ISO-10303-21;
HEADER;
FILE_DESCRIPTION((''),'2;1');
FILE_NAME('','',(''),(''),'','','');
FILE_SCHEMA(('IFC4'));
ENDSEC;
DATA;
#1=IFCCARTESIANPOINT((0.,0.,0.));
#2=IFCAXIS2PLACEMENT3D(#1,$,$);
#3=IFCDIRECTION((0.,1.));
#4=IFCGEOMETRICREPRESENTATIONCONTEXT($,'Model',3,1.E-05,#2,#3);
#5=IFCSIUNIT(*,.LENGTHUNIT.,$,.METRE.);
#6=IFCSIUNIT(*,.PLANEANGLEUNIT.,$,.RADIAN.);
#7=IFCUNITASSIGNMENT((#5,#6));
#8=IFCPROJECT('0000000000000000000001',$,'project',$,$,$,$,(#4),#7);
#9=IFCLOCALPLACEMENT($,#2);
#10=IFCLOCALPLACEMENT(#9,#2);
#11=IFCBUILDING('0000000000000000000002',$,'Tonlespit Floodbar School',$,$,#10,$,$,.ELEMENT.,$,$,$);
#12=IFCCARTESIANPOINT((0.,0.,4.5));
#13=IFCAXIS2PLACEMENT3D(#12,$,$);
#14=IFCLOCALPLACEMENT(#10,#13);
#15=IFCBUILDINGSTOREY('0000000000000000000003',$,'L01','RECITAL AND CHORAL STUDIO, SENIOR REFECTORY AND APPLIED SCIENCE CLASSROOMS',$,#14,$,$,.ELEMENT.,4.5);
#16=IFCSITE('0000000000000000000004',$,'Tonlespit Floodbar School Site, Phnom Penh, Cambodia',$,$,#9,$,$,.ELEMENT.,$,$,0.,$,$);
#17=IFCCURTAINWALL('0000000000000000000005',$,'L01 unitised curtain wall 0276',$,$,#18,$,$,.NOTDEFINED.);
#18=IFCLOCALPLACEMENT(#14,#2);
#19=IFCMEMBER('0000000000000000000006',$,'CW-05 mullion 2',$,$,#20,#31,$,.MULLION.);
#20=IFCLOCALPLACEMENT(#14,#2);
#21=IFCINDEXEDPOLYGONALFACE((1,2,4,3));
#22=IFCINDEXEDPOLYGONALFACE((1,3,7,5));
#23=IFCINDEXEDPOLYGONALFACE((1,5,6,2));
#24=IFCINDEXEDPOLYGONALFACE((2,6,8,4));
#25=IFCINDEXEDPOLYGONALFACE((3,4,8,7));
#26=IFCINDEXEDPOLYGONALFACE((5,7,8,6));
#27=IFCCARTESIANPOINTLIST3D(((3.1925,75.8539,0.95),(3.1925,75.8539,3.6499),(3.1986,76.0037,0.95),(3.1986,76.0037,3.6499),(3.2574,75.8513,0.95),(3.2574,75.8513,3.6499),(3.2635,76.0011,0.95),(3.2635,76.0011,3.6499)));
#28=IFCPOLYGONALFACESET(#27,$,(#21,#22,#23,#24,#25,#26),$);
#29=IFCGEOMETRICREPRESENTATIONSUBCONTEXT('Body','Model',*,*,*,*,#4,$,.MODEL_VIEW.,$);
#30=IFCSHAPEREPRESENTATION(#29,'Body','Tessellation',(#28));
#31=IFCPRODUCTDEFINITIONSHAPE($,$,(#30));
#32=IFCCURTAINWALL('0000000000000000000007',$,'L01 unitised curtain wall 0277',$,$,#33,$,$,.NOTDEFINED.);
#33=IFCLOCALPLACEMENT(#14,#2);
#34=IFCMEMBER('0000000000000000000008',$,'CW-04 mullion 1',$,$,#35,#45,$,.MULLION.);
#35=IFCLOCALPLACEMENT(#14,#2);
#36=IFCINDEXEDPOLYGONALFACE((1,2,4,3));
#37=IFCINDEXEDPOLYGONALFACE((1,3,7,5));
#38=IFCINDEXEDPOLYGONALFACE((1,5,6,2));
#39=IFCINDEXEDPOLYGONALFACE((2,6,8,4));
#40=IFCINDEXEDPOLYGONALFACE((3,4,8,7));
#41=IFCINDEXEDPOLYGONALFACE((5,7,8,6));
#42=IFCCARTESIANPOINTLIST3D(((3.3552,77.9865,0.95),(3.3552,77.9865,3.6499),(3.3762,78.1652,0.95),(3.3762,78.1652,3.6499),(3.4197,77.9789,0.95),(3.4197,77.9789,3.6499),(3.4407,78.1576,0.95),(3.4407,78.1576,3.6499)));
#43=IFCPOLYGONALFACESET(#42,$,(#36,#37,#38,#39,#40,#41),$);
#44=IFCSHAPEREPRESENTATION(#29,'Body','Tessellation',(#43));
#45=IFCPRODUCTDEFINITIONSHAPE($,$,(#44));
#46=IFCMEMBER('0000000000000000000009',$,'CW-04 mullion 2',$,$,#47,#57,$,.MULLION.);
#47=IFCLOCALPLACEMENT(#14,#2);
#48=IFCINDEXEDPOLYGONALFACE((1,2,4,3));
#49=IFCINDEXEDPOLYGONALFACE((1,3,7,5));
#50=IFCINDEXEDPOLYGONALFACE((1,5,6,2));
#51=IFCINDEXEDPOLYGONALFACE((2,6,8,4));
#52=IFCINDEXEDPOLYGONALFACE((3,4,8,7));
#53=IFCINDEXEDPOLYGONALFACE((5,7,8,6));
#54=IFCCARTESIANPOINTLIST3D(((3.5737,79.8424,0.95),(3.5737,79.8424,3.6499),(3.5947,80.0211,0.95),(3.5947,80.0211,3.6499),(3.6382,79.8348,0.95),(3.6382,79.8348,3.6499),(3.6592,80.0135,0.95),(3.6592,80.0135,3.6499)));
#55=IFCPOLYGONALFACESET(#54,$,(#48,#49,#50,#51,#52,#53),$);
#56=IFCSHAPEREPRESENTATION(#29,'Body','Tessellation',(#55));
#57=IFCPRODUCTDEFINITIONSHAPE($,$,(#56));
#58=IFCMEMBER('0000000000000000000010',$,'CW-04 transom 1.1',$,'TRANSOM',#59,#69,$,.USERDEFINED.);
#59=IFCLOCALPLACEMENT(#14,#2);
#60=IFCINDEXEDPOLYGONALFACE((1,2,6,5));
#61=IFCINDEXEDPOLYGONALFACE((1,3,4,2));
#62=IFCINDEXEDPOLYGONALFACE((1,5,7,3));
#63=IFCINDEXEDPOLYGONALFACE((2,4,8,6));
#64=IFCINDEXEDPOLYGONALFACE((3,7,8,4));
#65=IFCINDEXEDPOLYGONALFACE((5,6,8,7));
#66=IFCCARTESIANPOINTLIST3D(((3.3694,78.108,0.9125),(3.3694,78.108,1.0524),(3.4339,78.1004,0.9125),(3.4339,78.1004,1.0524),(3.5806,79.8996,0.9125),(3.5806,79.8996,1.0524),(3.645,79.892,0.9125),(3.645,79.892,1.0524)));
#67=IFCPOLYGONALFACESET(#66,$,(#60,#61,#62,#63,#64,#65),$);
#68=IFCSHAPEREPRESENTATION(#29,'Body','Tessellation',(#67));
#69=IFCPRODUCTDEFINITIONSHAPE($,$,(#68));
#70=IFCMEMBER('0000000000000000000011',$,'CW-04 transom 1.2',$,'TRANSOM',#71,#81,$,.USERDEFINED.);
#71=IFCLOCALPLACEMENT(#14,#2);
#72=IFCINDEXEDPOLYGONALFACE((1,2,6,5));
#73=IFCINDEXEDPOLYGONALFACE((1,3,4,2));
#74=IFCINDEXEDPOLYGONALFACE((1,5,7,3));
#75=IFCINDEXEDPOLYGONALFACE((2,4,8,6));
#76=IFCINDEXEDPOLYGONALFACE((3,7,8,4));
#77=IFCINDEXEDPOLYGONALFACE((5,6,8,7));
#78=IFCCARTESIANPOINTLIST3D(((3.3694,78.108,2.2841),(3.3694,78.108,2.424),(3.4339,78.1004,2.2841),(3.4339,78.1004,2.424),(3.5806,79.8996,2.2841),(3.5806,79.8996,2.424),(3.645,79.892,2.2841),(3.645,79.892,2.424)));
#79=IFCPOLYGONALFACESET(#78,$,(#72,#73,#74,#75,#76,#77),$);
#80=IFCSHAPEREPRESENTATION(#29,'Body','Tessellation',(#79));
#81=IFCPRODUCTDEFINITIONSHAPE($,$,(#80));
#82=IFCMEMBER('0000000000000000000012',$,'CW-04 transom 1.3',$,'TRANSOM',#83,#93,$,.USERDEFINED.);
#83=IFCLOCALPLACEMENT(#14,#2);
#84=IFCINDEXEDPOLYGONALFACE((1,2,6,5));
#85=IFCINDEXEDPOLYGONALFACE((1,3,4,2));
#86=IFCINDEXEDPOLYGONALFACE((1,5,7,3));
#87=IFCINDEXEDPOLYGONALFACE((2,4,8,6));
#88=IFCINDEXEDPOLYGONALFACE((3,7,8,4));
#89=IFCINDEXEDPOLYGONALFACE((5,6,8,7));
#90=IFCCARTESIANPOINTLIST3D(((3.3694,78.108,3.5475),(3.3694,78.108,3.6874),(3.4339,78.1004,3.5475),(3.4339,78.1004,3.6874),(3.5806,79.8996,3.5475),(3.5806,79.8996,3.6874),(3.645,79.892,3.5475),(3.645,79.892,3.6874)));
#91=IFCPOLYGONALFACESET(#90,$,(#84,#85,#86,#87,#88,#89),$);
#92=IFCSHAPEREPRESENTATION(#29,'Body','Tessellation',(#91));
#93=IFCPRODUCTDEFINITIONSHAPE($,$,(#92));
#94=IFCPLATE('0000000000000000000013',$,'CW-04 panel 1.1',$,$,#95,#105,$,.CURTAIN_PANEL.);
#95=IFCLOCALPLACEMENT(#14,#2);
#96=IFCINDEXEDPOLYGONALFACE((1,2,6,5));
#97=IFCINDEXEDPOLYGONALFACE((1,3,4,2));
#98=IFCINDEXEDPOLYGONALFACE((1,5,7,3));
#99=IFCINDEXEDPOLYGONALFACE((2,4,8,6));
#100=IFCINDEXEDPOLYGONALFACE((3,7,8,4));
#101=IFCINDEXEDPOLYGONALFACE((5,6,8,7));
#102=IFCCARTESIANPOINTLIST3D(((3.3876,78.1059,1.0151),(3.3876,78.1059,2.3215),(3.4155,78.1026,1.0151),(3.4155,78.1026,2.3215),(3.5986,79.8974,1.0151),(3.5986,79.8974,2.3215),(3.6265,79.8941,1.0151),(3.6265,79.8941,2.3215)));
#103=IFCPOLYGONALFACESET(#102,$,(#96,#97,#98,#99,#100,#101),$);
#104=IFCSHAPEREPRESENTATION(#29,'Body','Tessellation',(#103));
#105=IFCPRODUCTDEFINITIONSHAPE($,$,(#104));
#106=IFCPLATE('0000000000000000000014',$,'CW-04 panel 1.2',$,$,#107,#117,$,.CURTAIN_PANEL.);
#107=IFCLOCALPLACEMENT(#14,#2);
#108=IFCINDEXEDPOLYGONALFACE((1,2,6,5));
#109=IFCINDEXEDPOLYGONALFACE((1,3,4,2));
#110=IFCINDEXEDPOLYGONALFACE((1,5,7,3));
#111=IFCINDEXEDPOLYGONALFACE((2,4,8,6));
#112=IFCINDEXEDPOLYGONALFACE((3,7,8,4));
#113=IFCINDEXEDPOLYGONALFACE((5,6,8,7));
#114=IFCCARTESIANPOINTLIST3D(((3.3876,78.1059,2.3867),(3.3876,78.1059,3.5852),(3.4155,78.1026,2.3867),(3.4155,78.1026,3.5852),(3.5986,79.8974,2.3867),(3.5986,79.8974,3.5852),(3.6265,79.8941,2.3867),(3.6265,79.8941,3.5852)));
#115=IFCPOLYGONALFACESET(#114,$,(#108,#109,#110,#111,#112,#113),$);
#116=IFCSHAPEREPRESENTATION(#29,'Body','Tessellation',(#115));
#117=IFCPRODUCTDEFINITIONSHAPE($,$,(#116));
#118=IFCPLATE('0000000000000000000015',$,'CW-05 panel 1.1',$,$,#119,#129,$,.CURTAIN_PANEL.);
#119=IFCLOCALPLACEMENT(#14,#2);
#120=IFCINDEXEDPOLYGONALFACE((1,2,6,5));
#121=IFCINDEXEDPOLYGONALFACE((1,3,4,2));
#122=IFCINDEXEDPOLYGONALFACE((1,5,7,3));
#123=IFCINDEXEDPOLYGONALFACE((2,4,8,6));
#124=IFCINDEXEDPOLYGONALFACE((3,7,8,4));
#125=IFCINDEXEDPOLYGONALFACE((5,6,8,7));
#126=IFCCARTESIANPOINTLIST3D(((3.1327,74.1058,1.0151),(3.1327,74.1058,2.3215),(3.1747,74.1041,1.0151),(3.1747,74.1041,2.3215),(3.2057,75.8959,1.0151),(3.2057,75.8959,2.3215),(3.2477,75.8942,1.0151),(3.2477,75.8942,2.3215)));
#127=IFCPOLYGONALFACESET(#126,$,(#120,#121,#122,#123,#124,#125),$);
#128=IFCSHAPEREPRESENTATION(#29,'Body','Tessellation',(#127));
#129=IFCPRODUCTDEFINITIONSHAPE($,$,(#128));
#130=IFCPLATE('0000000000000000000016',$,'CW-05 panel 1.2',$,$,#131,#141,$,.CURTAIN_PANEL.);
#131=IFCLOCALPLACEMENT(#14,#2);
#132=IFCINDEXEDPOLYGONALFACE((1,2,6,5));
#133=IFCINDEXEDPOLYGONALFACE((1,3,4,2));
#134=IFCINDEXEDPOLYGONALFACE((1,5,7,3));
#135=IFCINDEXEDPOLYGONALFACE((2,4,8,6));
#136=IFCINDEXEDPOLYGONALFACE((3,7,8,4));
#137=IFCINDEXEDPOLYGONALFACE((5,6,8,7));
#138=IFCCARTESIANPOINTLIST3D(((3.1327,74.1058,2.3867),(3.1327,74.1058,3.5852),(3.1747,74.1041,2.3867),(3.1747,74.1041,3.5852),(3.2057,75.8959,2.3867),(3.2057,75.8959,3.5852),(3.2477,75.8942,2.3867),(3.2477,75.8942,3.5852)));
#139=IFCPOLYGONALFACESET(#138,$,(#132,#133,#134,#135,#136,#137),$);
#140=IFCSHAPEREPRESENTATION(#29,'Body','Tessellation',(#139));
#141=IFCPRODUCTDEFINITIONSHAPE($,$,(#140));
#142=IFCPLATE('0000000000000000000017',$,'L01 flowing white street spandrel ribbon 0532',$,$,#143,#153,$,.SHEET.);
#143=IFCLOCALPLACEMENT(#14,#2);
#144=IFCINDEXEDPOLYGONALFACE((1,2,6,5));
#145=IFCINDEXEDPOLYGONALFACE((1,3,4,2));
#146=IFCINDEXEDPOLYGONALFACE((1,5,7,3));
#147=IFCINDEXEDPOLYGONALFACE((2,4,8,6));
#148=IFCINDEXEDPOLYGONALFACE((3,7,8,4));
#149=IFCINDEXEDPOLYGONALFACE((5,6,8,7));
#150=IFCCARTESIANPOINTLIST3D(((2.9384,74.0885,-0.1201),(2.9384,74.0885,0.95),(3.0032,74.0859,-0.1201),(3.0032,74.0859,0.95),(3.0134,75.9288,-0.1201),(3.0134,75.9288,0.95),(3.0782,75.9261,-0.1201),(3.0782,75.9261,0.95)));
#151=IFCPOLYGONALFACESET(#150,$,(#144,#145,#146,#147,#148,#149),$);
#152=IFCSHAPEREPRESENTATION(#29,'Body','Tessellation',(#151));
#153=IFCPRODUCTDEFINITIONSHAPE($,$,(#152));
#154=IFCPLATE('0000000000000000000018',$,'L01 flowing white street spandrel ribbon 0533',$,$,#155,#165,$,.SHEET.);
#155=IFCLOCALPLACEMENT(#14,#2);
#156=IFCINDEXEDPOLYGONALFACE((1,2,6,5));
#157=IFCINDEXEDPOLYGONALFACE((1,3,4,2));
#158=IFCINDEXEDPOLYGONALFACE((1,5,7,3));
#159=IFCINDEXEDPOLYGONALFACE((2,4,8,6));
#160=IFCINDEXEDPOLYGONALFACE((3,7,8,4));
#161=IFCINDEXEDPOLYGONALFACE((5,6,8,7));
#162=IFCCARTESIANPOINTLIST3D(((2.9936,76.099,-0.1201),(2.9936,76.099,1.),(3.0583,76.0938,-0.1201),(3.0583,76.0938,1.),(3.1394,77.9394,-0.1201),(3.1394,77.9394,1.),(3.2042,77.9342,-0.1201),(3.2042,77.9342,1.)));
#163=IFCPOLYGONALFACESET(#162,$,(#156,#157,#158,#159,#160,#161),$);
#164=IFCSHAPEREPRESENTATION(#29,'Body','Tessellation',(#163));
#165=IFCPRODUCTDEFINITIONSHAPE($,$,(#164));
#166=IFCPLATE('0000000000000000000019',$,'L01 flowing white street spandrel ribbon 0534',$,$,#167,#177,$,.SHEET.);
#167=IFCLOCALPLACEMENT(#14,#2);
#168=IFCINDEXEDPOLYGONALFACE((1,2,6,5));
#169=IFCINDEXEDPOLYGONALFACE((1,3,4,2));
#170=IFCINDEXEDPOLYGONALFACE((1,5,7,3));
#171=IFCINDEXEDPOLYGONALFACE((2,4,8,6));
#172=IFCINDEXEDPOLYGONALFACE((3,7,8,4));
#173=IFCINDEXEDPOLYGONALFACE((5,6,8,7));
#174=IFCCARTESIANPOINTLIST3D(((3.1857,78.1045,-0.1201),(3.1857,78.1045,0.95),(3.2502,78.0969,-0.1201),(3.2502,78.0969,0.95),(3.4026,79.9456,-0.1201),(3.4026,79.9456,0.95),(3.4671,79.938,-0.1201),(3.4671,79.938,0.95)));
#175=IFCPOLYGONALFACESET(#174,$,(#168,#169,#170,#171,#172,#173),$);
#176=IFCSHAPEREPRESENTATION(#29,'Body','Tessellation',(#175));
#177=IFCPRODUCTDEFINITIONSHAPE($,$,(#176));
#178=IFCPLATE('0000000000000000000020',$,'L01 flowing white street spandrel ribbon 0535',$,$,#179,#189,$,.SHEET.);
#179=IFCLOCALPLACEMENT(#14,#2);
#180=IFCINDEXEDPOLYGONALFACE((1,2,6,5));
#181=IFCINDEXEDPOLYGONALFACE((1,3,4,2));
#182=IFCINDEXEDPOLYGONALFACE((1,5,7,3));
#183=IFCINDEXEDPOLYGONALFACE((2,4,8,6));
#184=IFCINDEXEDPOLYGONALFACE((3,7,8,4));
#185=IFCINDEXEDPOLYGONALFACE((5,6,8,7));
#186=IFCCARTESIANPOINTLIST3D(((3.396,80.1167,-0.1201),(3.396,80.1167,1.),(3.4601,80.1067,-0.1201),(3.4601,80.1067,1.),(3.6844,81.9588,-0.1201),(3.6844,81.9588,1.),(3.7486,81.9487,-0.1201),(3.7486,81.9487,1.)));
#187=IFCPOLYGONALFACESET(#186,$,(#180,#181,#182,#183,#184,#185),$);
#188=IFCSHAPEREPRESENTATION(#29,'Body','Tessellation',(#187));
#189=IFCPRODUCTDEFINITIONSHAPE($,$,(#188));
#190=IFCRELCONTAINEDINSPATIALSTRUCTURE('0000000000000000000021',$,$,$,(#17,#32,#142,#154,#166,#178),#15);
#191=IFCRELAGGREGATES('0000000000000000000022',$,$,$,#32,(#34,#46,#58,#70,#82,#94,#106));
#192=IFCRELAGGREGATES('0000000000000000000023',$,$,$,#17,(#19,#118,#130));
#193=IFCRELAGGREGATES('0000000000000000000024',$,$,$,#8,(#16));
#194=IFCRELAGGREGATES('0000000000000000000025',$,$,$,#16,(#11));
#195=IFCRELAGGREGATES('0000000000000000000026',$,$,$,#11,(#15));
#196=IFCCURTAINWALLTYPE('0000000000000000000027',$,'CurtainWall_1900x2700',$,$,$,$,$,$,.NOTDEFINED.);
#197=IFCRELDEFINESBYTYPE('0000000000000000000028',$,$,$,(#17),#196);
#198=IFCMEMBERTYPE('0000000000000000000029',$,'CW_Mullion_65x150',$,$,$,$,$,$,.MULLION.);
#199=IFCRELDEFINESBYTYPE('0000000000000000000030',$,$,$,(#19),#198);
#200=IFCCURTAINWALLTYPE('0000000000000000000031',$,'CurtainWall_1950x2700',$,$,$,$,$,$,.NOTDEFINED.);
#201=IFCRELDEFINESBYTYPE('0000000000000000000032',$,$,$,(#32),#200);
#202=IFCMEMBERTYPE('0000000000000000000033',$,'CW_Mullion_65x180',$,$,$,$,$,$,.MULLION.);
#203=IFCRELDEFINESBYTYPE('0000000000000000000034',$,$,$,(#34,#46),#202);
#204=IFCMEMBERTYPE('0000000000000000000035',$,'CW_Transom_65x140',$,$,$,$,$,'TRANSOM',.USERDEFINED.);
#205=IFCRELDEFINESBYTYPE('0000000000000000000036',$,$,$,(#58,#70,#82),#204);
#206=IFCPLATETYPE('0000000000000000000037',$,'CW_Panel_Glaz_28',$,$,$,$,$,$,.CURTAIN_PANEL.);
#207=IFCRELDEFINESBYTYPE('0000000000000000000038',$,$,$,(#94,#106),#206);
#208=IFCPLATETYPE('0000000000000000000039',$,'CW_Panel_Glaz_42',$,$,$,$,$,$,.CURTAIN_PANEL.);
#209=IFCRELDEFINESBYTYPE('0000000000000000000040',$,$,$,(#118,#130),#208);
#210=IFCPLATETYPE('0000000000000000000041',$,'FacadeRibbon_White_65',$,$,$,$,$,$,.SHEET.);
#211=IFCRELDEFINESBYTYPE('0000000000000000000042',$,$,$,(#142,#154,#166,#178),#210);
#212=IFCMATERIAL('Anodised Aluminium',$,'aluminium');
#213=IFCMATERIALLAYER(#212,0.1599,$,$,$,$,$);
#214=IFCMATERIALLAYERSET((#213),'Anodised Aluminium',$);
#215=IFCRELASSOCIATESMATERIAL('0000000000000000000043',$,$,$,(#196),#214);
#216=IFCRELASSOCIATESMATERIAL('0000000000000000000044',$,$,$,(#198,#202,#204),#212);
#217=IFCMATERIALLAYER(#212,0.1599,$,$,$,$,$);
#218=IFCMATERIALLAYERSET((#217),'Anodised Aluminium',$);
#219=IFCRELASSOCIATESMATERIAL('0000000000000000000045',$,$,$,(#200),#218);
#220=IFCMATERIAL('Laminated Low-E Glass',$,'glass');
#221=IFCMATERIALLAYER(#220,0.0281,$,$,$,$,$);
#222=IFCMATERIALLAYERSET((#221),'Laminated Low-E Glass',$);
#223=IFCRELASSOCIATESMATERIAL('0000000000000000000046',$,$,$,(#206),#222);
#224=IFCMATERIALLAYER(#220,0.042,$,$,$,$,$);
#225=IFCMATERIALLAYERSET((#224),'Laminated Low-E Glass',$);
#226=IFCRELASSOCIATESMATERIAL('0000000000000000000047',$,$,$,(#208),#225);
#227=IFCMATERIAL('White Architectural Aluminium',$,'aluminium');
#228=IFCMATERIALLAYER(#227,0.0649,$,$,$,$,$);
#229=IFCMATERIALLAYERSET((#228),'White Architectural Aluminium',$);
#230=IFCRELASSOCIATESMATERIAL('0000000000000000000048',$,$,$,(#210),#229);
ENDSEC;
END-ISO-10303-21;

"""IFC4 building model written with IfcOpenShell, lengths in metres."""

from ifc_helpers import new_model, si_unit, direction, frame, origin, origin_2d, place, context, subcontext, project, spatial, rectangle, extrude, material, layer, layer_set, material_profile, profile_set, type_object, element, aggregate, save


model = new_model("IFC4")

# Units and contexts
model_context = context("Model", 3, precision=1e-05, world=origin(), true_north=direction((0.0, 1.0)))
body_context = subcontext(model_context, "Body", "Model", "MODEL_VIEW")
ifc_project = project(units=[si_unit("LENGTHUNIT", "METRE"), si_unit("PLANEANGLEUNIT", "RADIAN")], contexts=[model_context])

# Site, building, storey
site_placement = place(None, origin())
site = spatial("IfcSite", under=ifc_project, at=site_placement, Name="Tonlespit Floodbar School Site, Phnom Penh, Cambodia", CompositionType="ELEMENT", RefElevation=0.0)
building_placement = place(site_placement, origin())
building = spatial("IfcBuilding", under=site, at=building_placement, Name="Tonlespit Floodbar School", CompositionType="ELEMENT")
storey_placement = place(building_placement, frame((0.0, 0.0, 4.5)))
storey = spatial("IfcBuildingStorey", under=building, at=storey_placement, Name="L01", Description="RECITAL AND CHORAL STUDIO, SENIOR REFECTORY AND APPLIED SCIENCE CLASSROOMS", CompositionType="ELEMENT", Elevation=4.5)

# Curtain wall, member
ifc_material_1 = material(Name="Anodised Aluminium", Category="aluminium")
ifc_layer_1 = layer(ifc_material_1, 0.1599)
ifc_layer_set_1 = layer_set([ifc_layer_1], Name="Anodised Aluminium")
curtain_wall_type_1 = type_object("IfcCurtainWallType", Name="CurtainWall_1900x2700", PredefinedType="NOTDEFINED", material=ifc_layer_set_1)
curtain_wall_1_placement = place(storey_placement, origin())
curtain_wall_1 = element("IfcCurtainWall", 1, at=curtain_wall_1_placement, inside=storey, type_object=curtain_wall_type_1, Name="L01 unitised curtain wall 0276", PredefinedType="NOTDEFINED")
ifc_material_profile_1 = material_profile(ifc_material_1, rectangle(XDim=0.0649, YDim=0.1499, at=origin_2d()), Name="ALU M65x150")
ifc_profile_set_1 = profile_set([ifc_material_profile_1], Name="Anodised Aluminium")
member_type_1 = type_object("IfcMemberType", Name="CW_Mullion_65x150", PredefinedType="MULLION", material=ifc_profile_set_1)
member_1_placement = place(storey_placement, frame((3.228, 75.9275, 0.95), z_axis=(0.0, 0.0, 1.0), x_axis=(-0.999169, 0.040747, 0.0)))
member_1 = element("IfcMember", 2, at=member_1_placement, type_object=member_type_1, Name="CW-05 mullion 2", PredefinedType="MULLION", context=body_context, shape_type="SweptSolid", body=[
    extrude(rectangle(XDim=0.0649, YDim=0.1499, at=origin_2d()), origin(), (0.0, 0.0, 1.0), 2.7),
])

# Curtain wall, members, plates
ifc_layer_2 = layer(ifc_material_1, 0.1599)
ifc_layer_set_2 = layer_set([ifc_layer_2], Name="Anodised Aluminium")
curtain_wall_type_2 = type_object("IfcCurtainWallType", Name="CurtainWall_1950x2700", PredefinedType="NOTDEFINED", material=ifc_layer_set_2)
curtain_wall_2_placement = place(storey_placement, origin())
curtain_wall_2 = element("IfcCurtainWall", 3, at=curtain_wall_2_placement, inside=storey, type_object=curtain_wall_type_2, Name="L01 unitised curtain wall 0277", PredefinedType="NOTDEFINED")
ifc_material_profile_2 = material_profile(ifc_material_1, rectangle(XDim=0.0649, YDim=0.1799, at=origin_2d()), Name="ALU M65x180")
ifc_profile_set_2 = profile_set([ifc_material_profile_2], Name="Anodised Aluminium")
member_type_2 = type_object("IfcMemberType", Name="CW_Mullion_65x180", PredefinedType="MULLION", material=ifc_profile_set_2)
member_2_placement = place(storey_placement, frame((3.3979, 78.072, 0.95), z_axis=(0.0, 0.0, 1.0), x_axis=(-0.993136, 0.116967, 0.0)))
member_2 = element("IfcMember", 4, at=member_2_placement, type_object=member_type_2, Name="CW-04 mullion 1", PredefinedType="MULLION", context=body_context, shape_type="SweptSolid", body=[
    extrude(rectangle(XDim=0.0649, YDim=0.1799, at=origin_2d()), origin(), (0.0, 0.0, 1.0), 2.7),
])
member_3_placement = place(storey_placement, frame((3.6165, 79.928, 0.95), z_axis=(0.0, 0.0, 1.0), x_axis=(-0.993136, 0.116967, 0.0)))
member_3 = element("IfcMember", 5, at=member_3_placement, type_object=member_type_2, Name="CW-04 mullion 2", PredefinedType="MULLION", context=body_context, shape_type="SweptSolid", body=[
    extrude(rectangle(XDim=0.0649, YDim=0.1799, at=origin_2d()), origin(), (0.0, 0.0, 1.0), 2.7),
])
ifc_material_profile_3 = material_profile(ifc_material_1, rectangle(XDim=0.0649, YDim=0.1399, at=origin_2d()), Name="ALU T65x140")
ifc_profile_set_3 = profile_set([ifc_material_profile_3], Name="Anodised Aluminium")
member_type_3 = type_object("IfcMemberType", Name="CW_Transom_65x140", ElementType="TRANSOM", PredefinedType="USERDEFINED", material=ifc_profile_set_3)
member_4_placement = place(storey_placement, frame((3.4016, 78.1042, 0.9824), z_axis=(0.117069, 0.993124, 0.0), x_axis=(-0.993124, 0.117069, 0.0)))
member_4 = element("IfcMember", 6, at=member_4_placement, type_object=member_type_3, Name="CW-04 transom 1.1", ObjectType="TRANSOM", PredefinedType="USERDEFINED", context=body_context, shape_type="SweptSolid", body=[
    extrude(rectangle(XDim=0.0649, YDim=0.1399, at=origin_2d()), origin(), (0.0, 0.0, 1.0), 1.804),
])
member_5_placement = place(storey_placement, frame((3.4016, 78.1042, 2.354), z_axis=(0.117069, 0.993124, 0.0), x_axis=(-0.993124, 0.117069, 0.0)))
member_5 = element("IfcMember", 7, at=member_5_placement, type_object=member_type_3, Name="CW-04 transom 1.2", ObjectType="TRANSOM", PredefinedType="USERDEFINED", context=body_context, shape_type="SweptSolid", body=[
    extrude(rectangle(XDim=0.0649, YDim=0.1399, at=origin_2d()), origin(), (0.0, 0.0, 1.0), 1.804),
])
member_6_placement = place(storey_placement, frame((3.4016, 78.1042, 3.6174), z_axis=(0.117069, 0.993124, 0.0), x_axis=(-0.993124, 0.117069, 0.0)))
member_6 = element("IfcMember", 8, at=member_6_placement, type_object=member_type_3, Name="CW-04 transom 1.3", ObjectType="TRANSOM", PredefinedType="USERDEFINED", context=body_context, shape_type="SweptSolid", body=[
    extrude(rectangle(XDim=0.0649, YDim=0.1399, at=origin_2d()), origin(), (0.0, 0.0, 1.0), 1.804),
])
ifc_material_2 = material(Name="Laminated Low-E Glass", Category="glass")
ifc_layer_3 = layer(ifc_material_2, 0.0281)
ifc_layer_set_3 = layer_set([ifc_layer_3], Name="Laminated Low-E Glass")
plate_type_1 = type_object("IfcPlateType", Name="CW_Panel_Glaz_28", PredefinedType="CURTAIN_PANEL", material=ifc_layer_set_3)
plate_1_placement = place(storey_placement, frame((3.5071, 79.0, 1.0151), z_axis=(0.0, 0.0, 1.0), x_axis=(0.116967, 0.993136, 0.0)))
plate_1 = element("IfcPlate", 9, at=plate_1_placement, type_object=plate_type_1, Name="CW-04 panel 1.1", PredefinedType="CURTAIN_PANEL", context=body_context, shape_type="SweptSolid", body=[
    extrude(rectangle(XDim=1.804, YDim=0.0281, at=origin_2d()), origin(), (0.0, 0.0, 1.0), 1.3064),
])
plate_2_placement = place(storey_placement, frame((3.5071, 79.0, 2.3867), z_axis=(0.0, 0.0, 1.0), x_axis=(0.116967, 0.993136, 0.0)))
plate_2 = element("IfcPlate", 10, at=plate_2_placement, type_object=plate_type_1, Name="CW-04 panel 1.2", PredefinedType="CURTAIN_PANEL", context=body_context, shape_type="SweptSolid", body=[
    extrude(rectangle(XDim=1.804, YDim=0.0281, at=origin_2d()), origin(), (0.0, 0.0, 1.0), 1.1985),
])
aggregate(curtain_wall_2, [member_2, member_3, member_4, member_5, member_6, plate_1, plate_2])

# Plates
ifc_layer_4 = layer(ifc_material_2, 0.042)
ifc_layer_set_4 = layer_set([ifc_layer_4], Name="Laminated Low-E Glass")
plate_type_2 = type_object("IfcPlateType", Name="CW_Panel_Glaz_42", PredefinedType="CURTAIN_PANEL", material=ifc_layer_set_4)
plate_3_placement = place(storey_placement, frame((3.1902, 75.0, 1.0151), z_axis=(0.0, 0.0, 1.0), x_axis=(0.040747, 0.999169, 0.0)))
plate_3 = element("IfcPlate", 11, at=plate_3_placement, type_object=plate_type_2, Name="CW-05 panel 1.1", PredefinedType="CURTAIN_PANEL", context=body_context, shape_type="SweptSolid", body=[
    extrude(rectangle(XDim=1.7915, YDim=0.042, at=origin_2d()), origin(), (0.0, 0.0, 1.0), 1.3064),
])
plate_4_placement = place(storey_placement, frame((3.1902, 75.0, 2.3867), z_axis=(0.0, 0.0, 1.0), x_axis=(0.040747, 0.999169, 0.0)))
plate_4 = element("IfcPlate", 12, at=plate_4_placement, type_object=plate_type_2, Name="CW-05 panel 1.2", PredefinedType="CURTAIN_PANEL", context=body_context, shape_type="SweptSolid", body=[
    extrude(rectangle(XDim=1.7915, YDim=0.042, at=origin_2d()), origin(), (0.0, 0.0, 1.0), 1.1985),
])
aggregate(curtain_wall_1, [member_1, plate_3, plate_4])

# Plates
ifc_material_3 = material(Name="White Architectural Aluminium", Category="aluminium")
ifc_layer_5 = layer(ifc_material_3, 0.0649)
ifc_layer_set_5 = layer_set([ifc_layer_5], Name="White Architectural Aluminium")
plate_type_3 = type_object("IfcPlateType", Name="FacadeRibbon_White_65", PredefinedType="SHEET", material=ifc_layer_set_5)
plate_5_placement = place(storey_placement, frame((3.0083, 75.0073, -0.1201), z_axis=(0.0, 0.0, 1.0), x_axis=(0.040716, 0.999171, 0.0)))
element("IfcPlate", 13, at=plate_5_placement, inside=storey, type_object=plate_type_3, Name="L01 flowing white street spandrel ribbon 0532", PredefinedType="SHEET", context=body_context, shape_type="SweptSolid", body=[
    extrude(rectangle(XDim=1.8418, YDim=0.0649, at=origin_2d()), origin(), (0.0, 0.0, 1.0), 1.0701),
])
plate_6_placement = place(storey_placement, frame((3.0989, 77.0166, -0.1201), z_axis=(0.0, 0.0, 1.0), x_axis=(0.079002, 0.996874, 0.0)))
element("IfcPlate", 14, at=plate_6_placement, inside=storey, type_object=plate_type_3, Name="L01 flowing white street spandrel ribbon 0533", PredefinedType="SHEET", context=body_context, shape_type="SweptSolid", body=[
    extrude(rectangle(XDim=1.8462, YDim=0.0649, at=origin_2d()), origin(), (0.0, 0.0, 1.0), 1.1201),
])
plate_7_placement = place(storey_placement, frame((3.3264, 79.0212, -0.1201), z_axis=(0.0, 0.0, 1.0), x_axis=(0.116991, 0.993133, 0.0)))
element("IfcPlate", 15, at=plate_7_placement, inside=storey, type_object=plate_type_3, Name="L01 flowing white street spandrel ribbon 0534", PredefinedType="SHEET", context=body_context, shape_type="SweptSolid", body=[
    extrude(rectangle(XDim=1.8538, YDim=0.0649, at=origin_2d()), origin(), (0.0, 0.0, 1.0), 1.0701),
])
plate_8_placement = place(storey_placement, frame((3.5723, 81.0327, -0.1201), z_axis=(0.0, 0.0, 1.0), x_axis=(0.154714, 0.987959, 0.0)))
element("IfcPlate", 16, at=plate_8_placement, inside=storey, type_object=plate_type_3, Name="L01 flowing white street spandrel ribbon 0535", PredefinedType="SHEET", context=body_context, shape_type="SweptSolid", body=[
    extrude(rectangle(XDim=1.8645, YDim=0.0649, at=origin_2d()), origin(), (0.0, 0.0, 1.0), 1.1201),
])

save(model, "model.ifc")
